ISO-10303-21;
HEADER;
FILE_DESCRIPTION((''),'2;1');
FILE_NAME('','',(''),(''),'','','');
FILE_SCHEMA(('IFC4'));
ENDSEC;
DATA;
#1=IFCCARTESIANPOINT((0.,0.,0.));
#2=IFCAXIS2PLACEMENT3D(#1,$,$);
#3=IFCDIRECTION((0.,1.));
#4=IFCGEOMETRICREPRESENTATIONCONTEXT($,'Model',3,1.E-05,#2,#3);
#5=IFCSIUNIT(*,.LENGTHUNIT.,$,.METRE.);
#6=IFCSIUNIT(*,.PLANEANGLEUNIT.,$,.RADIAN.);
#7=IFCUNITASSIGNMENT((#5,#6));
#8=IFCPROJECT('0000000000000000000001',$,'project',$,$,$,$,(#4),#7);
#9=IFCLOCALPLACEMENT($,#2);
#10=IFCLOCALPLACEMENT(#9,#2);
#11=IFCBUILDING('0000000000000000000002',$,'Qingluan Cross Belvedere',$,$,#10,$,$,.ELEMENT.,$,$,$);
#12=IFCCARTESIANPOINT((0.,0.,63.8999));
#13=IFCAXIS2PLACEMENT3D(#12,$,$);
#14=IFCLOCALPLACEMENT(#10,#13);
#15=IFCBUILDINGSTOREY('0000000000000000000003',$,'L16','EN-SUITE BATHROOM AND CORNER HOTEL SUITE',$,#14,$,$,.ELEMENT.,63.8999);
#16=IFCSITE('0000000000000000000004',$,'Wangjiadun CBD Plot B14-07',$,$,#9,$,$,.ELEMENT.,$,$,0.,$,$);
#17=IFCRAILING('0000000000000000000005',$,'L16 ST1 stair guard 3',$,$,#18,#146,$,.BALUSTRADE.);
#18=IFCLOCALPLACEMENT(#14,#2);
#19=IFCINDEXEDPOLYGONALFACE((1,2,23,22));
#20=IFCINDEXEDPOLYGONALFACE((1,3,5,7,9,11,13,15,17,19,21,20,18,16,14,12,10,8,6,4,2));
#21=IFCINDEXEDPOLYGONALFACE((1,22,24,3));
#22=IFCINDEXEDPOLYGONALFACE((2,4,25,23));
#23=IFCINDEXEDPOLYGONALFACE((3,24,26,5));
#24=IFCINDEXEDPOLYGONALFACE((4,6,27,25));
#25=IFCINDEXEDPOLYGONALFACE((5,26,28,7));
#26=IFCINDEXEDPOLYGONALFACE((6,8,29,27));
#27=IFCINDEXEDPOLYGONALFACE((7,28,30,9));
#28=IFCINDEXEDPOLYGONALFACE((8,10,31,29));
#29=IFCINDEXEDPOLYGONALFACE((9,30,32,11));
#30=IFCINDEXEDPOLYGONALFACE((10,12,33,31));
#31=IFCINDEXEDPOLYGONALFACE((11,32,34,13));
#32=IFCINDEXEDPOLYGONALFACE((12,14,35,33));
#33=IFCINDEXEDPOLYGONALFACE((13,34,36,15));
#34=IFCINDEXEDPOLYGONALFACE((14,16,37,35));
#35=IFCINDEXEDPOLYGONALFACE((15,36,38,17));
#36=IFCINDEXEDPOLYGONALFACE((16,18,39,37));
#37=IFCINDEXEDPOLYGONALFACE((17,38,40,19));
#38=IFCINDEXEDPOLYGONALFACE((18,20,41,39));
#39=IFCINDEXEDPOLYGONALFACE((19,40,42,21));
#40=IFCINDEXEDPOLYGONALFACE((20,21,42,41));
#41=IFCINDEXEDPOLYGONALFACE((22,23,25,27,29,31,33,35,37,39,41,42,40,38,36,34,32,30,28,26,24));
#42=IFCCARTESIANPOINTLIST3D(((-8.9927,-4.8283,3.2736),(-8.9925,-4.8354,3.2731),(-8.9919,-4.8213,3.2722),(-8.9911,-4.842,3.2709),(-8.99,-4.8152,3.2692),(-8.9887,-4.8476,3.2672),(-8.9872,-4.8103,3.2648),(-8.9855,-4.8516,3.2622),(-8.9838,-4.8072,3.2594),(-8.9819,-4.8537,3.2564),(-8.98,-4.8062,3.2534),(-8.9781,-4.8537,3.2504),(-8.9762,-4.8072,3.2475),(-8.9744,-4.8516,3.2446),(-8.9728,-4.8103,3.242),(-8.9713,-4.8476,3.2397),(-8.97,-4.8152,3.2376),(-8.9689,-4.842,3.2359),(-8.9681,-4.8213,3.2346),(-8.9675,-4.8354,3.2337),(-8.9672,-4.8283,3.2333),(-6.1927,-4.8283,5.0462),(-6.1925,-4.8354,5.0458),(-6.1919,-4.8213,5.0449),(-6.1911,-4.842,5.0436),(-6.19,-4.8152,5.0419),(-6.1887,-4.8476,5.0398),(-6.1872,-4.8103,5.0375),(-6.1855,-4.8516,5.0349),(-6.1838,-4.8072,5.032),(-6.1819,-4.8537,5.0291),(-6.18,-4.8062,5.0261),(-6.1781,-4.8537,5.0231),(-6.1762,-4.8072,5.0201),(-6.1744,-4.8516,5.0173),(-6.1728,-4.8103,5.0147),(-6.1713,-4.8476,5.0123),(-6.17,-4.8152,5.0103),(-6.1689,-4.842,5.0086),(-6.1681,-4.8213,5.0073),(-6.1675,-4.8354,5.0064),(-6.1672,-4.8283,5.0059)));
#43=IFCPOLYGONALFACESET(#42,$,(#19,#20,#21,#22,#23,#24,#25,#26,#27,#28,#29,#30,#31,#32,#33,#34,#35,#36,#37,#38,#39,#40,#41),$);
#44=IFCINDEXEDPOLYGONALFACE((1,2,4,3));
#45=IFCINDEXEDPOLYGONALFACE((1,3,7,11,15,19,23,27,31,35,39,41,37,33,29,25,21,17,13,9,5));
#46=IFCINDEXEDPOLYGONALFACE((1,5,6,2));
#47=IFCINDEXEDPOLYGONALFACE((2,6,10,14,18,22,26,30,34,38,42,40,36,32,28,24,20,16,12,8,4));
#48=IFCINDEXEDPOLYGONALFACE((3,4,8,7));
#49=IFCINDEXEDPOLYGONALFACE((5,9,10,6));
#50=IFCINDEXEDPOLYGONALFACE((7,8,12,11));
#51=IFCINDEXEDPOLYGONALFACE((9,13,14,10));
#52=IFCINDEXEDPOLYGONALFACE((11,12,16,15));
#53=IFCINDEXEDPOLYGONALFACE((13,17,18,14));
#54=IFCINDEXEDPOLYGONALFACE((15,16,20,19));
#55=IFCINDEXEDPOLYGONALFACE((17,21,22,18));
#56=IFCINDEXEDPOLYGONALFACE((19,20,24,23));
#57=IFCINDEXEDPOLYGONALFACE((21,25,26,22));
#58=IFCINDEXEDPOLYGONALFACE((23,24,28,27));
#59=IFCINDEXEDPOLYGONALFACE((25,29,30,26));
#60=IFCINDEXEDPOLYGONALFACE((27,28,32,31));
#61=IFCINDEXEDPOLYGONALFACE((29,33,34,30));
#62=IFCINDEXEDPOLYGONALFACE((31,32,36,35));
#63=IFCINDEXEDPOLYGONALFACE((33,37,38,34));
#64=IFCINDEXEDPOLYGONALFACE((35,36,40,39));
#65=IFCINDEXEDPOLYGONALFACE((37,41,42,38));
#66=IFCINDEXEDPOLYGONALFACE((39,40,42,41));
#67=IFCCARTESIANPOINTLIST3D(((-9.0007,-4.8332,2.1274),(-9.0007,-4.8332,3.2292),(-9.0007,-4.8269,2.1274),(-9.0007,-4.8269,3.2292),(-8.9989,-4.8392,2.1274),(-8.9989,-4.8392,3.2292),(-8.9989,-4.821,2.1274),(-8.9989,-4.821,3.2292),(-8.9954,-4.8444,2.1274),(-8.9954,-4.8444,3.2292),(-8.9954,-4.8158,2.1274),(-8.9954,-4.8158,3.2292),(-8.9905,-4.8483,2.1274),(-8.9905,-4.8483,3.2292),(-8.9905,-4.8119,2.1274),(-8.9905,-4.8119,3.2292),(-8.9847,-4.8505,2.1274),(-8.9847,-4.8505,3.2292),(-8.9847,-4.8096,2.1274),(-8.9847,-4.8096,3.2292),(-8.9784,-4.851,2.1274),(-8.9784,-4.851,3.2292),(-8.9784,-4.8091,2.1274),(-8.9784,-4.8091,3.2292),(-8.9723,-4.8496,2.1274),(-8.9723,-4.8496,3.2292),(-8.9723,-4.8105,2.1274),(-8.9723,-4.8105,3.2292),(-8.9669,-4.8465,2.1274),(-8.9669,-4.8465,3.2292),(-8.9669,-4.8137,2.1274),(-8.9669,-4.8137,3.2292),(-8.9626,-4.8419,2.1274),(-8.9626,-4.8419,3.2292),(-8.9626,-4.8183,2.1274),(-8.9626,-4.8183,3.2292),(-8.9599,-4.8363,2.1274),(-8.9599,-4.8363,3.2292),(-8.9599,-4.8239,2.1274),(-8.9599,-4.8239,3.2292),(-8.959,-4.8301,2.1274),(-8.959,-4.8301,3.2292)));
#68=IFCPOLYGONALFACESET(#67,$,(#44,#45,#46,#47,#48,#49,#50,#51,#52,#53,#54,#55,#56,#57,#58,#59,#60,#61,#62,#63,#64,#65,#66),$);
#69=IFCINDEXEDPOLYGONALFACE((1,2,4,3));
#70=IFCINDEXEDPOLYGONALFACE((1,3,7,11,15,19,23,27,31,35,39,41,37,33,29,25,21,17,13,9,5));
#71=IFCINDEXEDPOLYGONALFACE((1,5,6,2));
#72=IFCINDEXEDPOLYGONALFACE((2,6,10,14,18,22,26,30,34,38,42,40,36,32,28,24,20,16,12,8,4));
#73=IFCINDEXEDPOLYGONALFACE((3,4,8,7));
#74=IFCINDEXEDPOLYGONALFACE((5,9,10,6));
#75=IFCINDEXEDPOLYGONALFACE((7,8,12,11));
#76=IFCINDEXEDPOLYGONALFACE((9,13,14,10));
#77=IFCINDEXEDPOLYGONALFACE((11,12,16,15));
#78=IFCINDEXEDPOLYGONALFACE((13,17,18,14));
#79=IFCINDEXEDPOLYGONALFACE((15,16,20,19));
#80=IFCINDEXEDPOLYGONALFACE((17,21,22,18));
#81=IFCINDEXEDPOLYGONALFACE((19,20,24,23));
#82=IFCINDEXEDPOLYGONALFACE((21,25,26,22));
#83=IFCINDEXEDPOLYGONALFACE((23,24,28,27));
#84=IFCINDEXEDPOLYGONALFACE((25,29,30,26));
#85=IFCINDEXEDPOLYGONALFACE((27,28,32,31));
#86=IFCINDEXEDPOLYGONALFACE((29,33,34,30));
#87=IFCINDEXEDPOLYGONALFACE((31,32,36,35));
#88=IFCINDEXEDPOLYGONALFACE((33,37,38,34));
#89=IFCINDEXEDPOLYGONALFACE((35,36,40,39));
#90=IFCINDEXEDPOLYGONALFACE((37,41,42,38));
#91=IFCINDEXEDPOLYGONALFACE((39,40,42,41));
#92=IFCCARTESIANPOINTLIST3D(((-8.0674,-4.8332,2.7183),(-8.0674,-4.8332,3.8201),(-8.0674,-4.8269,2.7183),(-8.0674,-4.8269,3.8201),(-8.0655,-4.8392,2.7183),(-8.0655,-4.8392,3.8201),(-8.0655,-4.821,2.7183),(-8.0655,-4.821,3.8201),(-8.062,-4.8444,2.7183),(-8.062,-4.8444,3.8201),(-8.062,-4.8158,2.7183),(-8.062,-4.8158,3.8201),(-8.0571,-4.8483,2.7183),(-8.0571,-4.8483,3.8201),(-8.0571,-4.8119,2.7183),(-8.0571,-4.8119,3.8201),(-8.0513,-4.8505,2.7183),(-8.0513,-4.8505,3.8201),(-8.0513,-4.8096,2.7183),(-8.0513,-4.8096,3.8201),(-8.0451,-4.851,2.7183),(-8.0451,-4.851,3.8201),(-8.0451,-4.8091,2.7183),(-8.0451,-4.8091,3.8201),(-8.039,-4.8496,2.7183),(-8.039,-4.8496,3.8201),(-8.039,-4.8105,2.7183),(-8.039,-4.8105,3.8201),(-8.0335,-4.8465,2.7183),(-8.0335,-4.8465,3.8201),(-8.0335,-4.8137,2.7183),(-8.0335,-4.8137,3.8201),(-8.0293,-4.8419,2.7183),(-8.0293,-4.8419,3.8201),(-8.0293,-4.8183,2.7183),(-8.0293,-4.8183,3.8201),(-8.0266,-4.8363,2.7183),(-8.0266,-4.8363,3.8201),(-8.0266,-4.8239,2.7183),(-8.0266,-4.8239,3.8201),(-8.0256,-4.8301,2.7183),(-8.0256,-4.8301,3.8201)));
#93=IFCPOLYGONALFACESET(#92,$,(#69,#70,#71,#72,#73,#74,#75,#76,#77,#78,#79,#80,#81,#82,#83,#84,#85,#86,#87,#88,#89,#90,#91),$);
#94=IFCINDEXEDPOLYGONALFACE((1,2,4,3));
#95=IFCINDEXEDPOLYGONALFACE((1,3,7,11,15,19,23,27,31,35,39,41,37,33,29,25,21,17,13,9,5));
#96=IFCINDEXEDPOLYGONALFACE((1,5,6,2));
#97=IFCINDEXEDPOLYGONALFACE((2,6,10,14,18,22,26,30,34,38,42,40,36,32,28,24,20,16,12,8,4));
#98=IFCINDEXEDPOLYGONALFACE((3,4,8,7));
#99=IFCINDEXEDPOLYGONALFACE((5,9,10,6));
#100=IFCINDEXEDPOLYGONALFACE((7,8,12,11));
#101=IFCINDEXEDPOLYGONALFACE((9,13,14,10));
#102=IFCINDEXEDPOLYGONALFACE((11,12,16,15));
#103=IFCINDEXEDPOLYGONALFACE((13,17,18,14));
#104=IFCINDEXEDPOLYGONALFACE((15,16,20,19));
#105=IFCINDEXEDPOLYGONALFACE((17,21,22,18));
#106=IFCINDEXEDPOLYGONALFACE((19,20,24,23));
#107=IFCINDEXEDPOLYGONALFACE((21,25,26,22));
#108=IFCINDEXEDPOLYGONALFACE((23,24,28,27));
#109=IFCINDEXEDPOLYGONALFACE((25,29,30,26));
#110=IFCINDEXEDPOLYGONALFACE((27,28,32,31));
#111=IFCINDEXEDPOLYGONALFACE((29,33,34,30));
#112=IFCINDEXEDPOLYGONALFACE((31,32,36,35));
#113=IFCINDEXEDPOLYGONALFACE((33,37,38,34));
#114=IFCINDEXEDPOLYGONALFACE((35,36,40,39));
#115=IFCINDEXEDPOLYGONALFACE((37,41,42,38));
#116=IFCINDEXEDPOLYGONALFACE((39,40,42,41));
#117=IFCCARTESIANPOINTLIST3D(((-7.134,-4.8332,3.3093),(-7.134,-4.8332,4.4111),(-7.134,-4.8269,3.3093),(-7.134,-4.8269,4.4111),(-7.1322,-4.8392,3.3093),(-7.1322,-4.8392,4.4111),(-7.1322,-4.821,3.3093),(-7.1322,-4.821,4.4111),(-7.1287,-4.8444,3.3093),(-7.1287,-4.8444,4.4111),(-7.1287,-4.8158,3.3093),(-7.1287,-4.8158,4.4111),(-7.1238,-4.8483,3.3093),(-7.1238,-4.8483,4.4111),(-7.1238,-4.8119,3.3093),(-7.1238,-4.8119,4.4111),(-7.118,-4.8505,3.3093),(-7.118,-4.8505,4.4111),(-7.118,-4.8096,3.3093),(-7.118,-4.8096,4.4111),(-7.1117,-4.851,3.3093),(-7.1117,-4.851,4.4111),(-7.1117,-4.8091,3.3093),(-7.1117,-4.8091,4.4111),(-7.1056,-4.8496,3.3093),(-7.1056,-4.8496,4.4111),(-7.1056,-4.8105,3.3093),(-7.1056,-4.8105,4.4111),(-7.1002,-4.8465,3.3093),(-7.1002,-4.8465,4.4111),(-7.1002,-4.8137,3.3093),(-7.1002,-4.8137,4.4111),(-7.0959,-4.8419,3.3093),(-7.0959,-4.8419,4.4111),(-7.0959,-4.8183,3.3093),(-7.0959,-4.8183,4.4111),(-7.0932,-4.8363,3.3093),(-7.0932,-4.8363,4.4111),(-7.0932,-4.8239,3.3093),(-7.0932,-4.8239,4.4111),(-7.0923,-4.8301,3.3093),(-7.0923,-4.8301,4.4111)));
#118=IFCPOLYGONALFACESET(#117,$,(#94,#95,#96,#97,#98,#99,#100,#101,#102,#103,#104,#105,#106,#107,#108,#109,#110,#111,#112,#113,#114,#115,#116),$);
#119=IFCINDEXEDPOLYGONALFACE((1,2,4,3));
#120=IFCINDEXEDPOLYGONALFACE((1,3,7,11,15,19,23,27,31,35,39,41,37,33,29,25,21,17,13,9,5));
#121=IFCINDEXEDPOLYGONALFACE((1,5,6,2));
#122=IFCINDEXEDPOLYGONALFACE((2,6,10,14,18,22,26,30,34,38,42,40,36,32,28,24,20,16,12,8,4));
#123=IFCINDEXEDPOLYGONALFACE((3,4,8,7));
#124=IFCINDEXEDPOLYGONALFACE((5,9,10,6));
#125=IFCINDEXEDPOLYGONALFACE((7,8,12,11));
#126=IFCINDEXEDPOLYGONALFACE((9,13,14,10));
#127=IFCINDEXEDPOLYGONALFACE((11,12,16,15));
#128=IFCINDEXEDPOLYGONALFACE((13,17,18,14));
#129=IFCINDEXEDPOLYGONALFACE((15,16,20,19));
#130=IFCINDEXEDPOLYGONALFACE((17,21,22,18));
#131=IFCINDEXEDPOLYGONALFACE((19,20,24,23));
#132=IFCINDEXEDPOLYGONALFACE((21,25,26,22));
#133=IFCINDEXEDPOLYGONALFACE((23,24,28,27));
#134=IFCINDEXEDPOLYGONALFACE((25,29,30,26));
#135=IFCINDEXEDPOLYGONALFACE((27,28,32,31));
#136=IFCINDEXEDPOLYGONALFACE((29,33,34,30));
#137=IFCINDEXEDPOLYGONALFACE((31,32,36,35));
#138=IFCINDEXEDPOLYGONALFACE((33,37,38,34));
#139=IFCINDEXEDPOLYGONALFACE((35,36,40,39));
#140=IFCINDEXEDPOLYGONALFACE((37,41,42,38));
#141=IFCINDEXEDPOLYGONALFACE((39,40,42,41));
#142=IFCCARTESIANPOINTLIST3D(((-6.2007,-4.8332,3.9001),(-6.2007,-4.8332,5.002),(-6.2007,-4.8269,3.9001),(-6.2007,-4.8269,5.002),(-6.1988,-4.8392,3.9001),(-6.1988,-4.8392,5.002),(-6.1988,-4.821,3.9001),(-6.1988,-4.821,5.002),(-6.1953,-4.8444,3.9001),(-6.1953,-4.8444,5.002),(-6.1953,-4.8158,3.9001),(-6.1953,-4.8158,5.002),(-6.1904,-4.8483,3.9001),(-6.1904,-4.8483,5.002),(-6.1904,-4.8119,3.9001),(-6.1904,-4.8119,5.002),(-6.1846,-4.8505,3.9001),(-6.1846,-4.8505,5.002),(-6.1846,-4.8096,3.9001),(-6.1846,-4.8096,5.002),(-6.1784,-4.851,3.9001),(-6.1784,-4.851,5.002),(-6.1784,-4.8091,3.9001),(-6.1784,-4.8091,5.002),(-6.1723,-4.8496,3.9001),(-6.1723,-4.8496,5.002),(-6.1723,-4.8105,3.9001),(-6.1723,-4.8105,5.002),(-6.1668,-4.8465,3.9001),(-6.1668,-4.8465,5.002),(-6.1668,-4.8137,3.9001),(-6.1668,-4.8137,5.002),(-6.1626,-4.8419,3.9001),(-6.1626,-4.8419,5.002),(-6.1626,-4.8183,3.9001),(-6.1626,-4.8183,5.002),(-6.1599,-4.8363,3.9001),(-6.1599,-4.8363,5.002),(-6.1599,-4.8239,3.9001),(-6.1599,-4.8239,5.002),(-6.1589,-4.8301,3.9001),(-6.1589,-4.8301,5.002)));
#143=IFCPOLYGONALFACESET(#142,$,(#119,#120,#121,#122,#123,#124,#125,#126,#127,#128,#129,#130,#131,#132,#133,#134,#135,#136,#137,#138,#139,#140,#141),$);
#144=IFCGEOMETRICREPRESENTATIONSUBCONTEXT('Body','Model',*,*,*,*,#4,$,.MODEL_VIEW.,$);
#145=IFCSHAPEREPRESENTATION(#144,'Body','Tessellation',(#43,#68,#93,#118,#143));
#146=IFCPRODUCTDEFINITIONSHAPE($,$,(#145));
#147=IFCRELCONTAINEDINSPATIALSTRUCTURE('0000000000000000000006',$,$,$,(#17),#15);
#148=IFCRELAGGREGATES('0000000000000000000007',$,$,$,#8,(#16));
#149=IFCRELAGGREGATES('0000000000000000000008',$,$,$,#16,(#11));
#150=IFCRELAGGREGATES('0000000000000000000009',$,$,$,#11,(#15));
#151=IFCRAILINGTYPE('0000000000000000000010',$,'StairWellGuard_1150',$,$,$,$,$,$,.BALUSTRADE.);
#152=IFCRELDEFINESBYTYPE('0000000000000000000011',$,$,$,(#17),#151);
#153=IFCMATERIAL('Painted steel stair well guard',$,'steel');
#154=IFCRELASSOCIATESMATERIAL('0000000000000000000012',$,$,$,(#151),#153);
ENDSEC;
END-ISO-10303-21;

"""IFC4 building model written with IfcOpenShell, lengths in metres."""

from ifc_helpers import new_model, si_unit, direction, frame, origin, origin_2d, place, context, subcontext, project, spatial, circle, extrude, material, type_object, element, save


model = new_model("IFC4")

# Units and contexts
model_context = context("Model", 3, precision=1e-05, world=origin(), true_north=direction((0.0, 1.0)))
body_context = subcontext(model_context, "Body", "Model", "MODEL_VIEW")
ifc_project = project(units=[si_unit("LENGTHUNIT", "METRE"), si_unit("PLANEANGLEUNIT", "RADIAN")], contexts=[model_context])

# Site, building, storey
site_placement = place(None, origin())
site = spatial("IfcSite", under=ifc_project, at=site_placement, Name="Wangjiadun CBD Plot B14-07", CompositionType="ELEMENT", RefElevation=0.0)
building_placement = place(site_placement, origin())
building = spatial("IfcBuilding", under=site, at=building_placement, Name="Qingluan Cross Belvedere", CompositionType="ELEMENT")
storey_placement = place(building_placement, frame((0.0, 0.0, 63.8999)))
storey = spatial("IfcBuildingStorey", under=building, at=storey_placement, Name="L16", Description="EN-SUITE BATHROOM AND CORNER HOTEL SUITE", CompositionType="ELEMENT", Elevation=63.8999)

# Railing
ifc_material_1 = material(Name="Painted steel stair well guard", Category="steel")
railing_type_1 = type_object("IfcRailingType", Name="StairWellGuard_1150", PredefinedType="BALUSTRADE", material=ifc_material_1)
railing_1_placement = place(storey_placement, frame((-8.98, -4.8301, 2.1274)))
element("IfcRailing", 1, at=railing_1_placement, inside=storey, type_object=railing_type_1, Name="L16 ST1 stair guard 3", PredefinedType="BALUSTRADE", context=body_context, shape_type="SweptSolid", body=[
    extrude(circle(Radius=0.0239, at=origin_2d()), frame((0.0, 0.0, 1.126), z_axis=(0.844909, 0.0, 0.53491), x_axis=(0.0, 1.0, 0.0)), (0.0, 0.0, 1.0), 3.314),
    extrude(circle(Radius=0.021, at=origin_2d()), origin(), (0.0, 0.0, 1.0), 1.1018),
    extrude(circle(Radius=0.021, at=origin_2d()), frame((0.9333, 0.0, 0.5908)), (0.0, 0.0, 1.0), 1.1018),
    extrude(circle(Radius=0.021, at=origin_2d()), frame((1.8667, 0.0, 1.1819)), (0.0, 0.0, 1.0), 1.1018),
    extrude(circle(Radius=0.021, at=origin_2d()), frame((2.8, 0.0, 1.7727)), (0.0, 0.0, 1.0), 1.1018),
])

save(model, "model.ifc")
